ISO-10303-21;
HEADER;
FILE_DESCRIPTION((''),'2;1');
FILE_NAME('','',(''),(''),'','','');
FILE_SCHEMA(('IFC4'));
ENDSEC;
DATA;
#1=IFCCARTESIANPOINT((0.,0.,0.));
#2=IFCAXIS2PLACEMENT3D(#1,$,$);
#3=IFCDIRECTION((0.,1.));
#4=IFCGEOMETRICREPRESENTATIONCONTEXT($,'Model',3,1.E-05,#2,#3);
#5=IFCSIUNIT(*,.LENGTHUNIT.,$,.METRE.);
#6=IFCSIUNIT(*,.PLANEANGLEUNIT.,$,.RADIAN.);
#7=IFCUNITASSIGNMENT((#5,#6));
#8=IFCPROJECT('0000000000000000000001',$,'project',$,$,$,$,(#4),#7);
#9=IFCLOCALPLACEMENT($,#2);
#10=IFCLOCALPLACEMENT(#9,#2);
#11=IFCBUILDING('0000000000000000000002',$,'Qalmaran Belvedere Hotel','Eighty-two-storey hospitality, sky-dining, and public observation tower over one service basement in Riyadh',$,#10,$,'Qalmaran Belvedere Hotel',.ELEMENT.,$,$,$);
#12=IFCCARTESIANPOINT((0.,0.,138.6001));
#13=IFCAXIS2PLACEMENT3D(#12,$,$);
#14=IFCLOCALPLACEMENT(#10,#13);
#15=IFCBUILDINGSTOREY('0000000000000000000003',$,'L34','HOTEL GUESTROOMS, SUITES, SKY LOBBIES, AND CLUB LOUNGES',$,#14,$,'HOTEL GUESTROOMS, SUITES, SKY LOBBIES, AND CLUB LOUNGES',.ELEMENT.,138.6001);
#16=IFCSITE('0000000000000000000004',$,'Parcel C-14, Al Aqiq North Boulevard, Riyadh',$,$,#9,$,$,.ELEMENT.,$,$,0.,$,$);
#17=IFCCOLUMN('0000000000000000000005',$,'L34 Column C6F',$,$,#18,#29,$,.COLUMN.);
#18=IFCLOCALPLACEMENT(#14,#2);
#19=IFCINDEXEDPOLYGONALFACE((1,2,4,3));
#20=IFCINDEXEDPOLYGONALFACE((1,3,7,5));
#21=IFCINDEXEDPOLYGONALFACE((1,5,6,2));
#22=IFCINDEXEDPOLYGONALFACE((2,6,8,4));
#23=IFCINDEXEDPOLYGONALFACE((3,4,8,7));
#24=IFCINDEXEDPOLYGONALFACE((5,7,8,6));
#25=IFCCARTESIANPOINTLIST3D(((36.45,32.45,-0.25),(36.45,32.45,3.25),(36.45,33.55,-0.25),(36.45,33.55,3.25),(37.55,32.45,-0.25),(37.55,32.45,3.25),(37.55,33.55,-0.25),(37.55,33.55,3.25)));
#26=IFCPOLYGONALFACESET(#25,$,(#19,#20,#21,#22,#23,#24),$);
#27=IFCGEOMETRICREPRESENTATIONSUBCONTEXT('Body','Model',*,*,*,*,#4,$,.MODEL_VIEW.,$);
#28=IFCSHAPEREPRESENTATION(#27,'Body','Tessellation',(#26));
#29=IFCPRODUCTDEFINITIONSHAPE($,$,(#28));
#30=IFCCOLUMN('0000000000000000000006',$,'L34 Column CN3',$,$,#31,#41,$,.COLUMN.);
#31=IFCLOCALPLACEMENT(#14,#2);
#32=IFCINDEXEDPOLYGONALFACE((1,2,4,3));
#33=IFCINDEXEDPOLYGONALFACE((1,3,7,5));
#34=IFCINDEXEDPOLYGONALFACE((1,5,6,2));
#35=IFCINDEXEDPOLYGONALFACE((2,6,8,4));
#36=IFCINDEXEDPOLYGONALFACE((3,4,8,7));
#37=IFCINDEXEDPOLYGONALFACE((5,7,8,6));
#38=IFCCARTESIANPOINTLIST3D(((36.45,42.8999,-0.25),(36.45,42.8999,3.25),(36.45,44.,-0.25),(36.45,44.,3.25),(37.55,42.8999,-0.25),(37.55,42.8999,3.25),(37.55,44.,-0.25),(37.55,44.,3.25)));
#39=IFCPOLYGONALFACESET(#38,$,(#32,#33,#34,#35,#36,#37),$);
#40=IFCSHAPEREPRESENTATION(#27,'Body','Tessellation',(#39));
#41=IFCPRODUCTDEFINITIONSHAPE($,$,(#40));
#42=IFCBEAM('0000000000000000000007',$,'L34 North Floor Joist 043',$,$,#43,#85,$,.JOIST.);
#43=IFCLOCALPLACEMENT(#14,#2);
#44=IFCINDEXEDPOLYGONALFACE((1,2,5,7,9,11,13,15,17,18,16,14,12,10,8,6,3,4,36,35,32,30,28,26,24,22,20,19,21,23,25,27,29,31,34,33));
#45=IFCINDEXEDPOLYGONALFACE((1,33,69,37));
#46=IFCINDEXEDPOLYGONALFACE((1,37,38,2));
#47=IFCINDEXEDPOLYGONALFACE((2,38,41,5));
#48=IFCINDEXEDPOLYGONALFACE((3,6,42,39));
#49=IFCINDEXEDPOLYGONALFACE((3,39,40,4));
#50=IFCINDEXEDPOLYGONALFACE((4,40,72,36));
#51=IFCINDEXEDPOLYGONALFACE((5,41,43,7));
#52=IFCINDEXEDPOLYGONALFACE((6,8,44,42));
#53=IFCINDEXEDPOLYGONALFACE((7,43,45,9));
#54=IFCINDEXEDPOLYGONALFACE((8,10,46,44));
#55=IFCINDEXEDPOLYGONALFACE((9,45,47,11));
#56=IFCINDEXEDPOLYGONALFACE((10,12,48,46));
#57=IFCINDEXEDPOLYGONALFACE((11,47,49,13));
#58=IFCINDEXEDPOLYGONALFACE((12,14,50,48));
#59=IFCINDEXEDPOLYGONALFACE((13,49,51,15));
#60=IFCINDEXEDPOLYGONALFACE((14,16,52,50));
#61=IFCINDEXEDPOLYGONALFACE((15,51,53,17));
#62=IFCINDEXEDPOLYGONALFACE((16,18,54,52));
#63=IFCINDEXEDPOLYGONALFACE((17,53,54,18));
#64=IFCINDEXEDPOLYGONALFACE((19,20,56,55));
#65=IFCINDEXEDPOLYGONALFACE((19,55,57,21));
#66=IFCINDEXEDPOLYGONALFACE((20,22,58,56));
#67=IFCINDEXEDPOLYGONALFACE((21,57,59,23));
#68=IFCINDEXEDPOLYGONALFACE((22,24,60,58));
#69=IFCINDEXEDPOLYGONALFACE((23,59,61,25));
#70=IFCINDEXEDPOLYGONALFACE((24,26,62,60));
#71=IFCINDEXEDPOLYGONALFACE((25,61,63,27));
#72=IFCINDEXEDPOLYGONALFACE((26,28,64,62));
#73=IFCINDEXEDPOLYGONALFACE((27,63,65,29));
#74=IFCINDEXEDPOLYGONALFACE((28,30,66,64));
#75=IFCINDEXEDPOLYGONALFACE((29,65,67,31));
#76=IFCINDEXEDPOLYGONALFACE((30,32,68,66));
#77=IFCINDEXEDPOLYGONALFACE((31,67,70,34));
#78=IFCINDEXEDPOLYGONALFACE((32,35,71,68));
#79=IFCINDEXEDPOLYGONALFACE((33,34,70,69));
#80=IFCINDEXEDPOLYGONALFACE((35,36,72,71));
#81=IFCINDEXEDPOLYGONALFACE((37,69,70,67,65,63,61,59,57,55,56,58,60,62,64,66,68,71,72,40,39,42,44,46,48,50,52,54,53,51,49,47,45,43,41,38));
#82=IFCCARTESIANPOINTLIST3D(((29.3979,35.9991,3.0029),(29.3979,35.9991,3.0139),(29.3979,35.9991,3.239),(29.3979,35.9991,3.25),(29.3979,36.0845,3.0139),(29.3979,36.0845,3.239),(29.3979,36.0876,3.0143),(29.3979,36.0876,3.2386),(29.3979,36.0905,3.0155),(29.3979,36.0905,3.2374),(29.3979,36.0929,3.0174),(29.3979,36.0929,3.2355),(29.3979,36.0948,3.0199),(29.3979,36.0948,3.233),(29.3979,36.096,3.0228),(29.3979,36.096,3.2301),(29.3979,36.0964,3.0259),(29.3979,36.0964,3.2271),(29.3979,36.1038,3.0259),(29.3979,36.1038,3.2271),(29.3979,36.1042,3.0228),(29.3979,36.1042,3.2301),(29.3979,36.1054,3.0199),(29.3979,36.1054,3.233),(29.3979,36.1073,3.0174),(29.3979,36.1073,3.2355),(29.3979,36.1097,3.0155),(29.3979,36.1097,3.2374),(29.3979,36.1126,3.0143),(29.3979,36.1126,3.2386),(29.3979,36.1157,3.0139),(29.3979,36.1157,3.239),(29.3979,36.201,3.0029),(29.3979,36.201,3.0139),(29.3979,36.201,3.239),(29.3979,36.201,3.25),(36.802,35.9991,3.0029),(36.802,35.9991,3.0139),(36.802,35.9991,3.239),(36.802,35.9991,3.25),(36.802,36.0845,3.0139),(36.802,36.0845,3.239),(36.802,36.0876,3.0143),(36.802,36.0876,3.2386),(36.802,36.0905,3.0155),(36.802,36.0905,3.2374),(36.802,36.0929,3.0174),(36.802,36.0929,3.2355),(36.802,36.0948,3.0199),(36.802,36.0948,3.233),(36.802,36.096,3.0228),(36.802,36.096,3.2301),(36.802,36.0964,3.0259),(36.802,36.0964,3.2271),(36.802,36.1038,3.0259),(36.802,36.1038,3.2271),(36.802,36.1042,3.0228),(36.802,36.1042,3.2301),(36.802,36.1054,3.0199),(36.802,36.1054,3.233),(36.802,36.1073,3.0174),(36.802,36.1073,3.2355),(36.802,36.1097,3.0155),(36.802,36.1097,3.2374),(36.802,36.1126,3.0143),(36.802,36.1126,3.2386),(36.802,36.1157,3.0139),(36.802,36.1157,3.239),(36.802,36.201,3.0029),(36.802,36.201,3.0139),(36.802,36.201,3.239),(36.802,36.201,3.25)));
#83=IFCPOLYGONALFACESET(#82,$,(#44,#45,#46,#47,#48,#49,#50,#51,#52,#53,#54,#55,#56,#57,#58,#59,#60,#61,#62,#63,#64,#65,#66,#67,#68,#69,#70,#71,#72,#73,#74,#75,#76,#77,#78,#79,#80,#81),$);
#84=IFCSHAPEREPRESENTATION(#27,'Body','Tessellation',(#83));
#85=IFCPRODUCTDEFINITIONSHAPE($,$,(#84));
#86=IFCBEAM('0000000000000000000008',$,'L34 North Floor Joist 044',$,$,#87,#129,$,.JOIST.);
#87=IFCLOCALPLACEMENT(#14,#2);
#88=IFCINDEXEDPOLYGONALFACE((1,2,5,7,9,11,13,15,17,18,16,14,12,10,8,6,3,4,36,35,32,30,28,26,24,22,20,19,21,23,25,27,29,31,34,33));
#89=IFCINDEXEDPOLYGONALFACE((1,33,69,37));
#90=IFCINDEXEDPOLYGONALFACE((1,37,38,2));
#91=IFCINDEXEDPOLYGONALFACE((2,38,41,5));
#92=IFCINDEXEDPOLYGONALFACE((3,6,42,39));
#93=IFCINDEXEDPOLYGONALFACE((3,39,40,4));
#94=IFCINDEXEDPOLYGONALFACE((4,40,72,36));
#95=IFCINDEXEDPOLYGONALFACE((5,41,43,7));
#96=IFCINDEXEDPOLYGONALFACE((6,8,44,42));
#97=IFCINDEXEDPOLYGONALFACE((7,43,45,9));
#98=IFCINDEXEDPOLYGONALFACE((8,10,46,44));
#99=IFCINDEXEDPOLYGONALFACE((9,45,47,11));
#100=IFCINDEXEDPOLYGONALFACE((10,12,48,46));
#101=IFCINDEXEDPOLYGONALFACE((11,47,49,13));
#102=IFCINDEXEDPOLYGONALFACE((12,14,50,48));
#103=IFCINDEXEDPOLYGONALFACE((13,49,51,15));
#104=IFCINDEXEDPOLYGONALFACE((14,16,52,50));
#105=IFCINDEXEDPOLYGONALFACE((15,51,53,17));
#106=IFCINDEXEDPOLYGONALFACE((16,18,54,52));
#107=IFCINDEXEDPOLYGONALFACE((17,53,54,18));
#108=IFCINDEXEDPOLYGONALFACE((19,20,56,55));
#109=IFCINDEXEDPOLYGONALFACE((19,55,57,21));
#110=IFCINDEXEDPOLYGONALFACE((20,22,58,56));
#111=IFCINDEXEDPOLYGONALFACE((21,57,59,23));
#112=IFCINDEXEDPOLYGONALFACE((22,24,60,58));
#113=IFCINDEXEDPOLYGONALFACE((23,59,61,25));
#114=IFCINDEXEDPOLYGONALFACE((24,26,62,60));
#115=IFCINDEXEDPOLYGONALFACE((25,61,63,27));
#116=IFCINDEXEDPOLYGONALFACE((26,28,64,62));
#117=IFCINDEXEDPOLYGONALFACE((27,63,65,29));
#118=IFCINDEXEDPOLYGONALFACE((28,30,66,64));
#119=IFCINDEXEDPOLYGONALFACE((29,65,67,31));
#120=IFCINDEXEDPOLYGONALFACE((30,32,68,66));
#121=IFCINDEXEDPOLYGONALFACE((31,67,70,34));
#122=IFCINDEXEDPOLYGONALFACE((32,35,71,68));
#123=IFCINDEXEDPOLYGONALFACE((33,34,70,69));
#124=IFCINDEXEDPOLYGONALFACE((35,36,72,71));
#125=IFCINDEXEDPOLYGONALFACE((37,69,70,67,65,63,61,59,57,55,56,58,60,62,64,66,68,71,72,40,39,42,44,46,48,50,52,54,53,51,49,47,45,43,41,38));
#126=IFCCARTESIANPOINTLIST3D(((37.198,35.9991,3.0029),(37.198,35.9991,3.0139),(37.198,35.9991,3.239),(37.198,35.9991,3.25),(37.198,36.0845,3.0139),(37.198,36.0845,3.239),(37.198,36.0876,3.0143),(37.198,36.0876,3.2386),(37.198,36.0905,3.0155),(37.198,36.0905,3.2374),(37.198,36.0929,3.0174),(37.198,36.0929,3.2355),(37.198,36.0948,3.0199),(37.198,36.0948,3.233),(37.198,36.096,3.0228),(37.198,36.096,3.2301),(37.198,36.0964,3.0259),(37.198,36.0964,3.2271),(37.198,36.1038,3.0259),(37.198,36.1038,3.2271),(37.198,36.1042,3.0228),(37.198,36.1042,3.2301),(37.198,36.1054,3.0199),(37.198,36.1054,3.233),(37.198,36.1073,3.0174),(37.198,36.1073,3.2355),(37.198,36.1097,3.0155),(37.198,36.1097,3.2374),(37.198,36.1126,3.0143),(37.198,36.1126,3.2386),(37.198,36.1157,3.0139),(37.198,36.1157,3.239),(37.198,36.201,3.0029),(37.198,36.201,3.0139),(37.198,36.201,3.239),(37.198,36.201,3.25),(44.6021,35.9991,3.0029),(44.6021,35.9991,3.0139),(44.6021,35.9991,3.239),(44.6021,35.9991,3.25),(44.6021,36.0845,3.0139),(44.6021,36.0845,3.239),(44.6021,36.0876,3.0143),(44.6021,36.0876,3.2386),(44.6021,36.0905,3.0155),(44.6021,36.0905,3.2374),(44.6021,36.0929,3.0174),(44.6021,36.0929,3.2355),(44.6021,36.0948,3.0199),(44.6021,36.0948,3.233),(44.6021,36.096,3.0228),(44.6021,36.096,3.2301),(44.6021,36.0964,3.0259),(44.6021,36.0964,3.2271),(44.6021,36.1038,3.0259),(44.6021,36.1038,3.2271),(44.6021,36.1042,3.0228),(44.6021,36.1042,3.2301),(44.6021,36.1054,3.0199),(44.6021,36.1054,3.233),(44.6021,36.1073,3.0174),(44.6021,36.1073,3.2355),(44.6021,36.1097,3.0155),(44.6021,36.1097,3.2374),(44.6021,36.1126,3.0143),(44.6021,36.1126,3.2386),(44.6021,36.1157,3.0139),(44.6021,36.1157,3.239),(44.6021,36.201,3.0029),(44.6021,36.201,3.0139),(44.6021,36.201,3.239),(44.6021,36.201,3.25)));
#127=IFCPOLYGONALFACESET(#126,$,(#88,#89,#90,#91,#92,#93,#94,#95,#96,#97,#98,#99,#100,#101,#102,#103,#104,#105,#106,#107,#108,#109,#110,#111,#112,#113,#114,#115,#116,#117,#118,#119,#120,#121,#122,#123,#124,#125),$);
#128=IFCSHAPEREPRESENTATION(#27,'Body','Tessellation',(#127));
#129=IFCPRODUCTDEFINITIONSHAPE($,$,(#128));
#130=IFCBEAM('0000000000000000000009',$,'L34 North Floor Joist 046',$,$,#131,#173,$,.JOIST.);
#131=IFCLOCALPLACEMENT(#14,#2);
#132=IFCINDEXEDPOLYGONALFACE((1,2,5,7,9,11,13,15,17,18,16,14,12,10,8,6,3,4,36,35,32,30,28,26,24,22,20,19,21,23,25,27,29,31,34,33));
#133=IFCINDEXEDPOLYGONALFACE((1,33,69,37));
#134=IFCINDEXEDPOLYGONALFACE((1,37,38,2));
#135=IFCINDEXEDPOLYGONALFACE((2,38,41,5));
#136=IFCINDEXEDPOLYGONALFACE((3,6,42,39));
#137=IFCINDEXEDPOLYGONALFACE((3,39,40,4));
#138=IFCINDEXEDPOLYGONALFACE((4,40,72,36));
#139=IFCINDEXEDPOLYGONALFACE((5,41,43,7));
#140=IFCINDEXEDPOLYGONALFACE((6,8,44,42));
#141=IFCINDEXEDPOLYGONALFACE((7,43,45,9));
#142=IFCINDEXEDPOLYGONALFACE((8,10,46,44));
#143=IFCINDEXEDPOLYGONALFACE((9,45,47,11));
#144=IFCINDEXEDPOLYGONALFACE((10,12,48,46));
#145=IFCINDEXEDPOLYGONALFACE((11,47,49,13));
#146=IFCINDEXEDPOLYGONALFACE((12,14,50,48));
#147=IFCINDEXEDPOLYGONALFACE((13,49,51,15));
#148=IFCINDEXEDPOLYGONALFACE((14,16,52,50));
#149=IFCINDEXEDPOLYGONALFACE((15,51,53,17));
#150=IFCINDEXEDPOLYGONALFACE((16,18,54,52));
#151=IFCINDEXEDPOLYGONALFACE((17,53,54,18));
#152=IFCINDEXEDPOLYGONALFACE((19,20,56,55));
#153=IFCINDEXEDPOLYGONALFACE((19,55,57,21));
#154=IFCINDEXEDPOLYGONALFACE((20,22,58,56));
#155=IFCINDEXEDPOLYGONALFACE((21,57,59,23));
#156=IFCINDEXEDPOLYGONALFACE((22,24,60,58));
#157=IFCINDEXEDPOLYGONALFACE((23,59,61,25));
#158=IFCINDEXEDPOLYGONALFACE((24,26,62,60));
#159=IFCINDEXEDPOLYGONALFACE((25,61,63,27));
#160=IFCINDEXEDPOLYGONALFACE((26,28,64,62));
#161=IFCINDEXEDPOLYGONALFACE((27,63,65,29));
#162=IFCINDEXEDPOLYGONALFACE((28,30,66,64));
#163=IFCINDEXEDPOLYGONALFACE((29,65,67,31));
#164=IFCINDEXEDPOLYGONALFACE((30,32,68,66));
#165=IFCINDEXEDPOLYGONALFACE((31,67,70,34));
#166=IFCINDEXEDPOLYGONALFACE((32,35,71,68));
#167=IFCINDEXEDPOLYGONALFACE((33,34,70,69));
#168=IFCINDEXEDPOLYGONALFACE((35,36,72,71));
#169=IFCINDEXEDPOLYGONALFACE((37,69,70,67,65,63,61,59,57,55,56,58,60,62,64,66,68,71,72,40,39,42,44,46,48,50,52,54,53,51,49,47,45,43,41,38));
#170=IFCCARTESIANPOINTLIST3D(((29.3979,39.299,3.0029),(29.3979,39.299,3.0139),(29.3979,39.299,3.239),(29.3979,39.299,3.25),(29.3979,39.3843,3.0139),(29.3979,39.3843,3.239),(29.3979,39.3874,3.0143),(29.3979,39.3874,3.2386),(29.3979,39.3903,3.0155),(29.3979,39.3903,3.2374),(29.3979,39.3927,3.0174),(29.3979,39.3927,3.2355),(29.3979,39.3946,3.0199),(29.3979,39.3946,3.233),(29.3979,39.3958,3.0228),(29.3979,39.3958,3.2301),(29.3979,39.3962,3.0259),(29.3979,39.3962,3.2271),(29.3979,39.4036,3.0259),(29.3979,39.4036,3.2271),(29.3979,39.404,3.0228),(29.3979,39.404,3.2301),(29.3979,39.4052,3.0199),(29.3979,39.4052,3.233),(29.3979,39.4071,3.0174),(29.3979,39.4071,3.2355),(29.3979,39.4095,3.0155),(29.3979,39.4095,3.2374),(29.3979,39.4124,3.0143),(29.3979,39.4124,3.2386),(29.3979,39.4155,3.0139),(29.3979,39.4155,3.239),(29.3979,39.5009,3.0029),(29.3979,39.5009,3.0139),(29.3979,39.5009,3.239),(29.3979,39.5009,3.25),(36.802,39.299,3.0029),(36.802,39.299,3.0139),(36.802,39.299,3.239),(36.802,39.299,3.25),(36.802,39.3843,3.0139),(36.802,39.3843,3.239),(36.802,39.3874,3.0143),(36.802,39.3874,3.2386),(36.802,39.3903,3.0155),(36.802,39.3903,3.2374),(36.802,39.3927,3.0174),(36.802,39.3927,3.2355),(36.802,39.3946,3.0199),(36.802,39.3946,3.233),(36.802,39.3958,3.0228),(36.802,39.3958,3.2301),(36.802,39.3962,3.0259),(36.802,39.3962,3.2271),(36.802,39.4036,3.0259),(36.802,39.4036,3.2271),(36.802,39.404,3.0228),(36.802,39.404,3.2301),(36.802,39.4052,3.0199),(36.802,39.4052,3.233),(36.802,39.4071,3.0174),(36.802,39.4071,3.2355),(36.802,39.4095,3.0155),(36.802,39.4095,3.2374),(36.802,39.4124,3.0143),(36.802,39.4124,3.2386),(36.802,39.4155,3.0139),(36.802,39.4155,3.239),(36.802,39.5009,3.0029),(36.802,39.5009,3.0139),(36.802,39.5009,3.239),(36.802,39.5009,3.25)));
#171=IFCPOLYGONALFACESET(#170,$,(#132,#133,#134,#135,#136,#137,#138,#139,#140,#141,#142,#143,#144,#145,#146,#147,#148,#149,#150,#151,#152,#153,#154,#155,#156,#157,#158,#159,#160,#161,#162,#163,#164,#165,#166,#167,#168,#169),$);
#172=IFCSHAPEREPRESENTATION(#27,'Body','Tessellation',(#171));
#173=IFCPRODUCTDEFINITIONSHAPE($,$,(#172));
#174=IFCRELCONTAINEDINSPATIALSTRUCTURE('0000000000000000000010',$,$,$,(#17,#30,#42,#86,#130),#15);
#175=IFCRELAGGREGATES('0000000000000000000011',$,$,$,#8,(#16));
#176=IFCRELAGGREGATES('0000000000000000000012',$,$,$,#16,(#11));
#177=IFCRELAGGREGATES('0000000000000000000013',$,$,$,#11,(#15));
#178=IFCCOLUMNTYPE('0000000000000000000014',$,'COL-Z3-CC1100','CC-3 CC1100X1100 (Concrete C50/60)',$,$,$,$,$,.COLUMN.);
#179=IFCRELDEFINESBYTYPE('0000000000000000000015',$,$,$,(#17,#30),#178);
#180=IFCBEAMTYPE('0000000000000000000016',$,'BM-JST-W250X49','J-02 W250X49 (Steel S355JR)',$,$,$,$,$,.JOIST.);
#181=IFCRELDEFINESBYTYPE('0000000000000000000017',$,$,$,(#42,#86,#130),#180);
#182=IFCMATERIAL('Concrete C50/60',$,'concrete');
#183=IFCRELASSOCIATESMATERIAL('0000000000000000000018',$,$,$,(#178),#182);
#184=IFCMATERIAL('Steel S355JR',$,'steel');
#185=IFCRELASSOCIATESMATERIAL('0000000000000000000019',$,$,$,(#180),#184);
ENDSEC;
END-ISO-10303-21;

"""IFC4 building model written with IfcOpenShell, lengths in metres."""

from ifc_helpers import new_model, si_unit, direction, frame, origin, origin_2d, place, context, subcontext, project, spatial, rectangle, i_section, extrude, material, material_profile, profile_set, type_object, element, save


model = new_model("IFC4")

# Units and contexts
model_context = context("Model", 3, precision=1e-05, world=origin(), true_north=direction((0.0, 1.0)))
body_context = subcontext(model_context, "Body", "Model", "MODEL_VIEW")
ifc_project = project(units=[si_unit("LENGTHUNIT", "METRE"), si_unit("PLANEANGLEUNIT", "RADIAN")], contexts=[model_context])

# Site, building, storey
site_placement = place(None, origin())
site = spatial("IfcSite", under=ifc_project, at=site_placement, Name="Parcel C-14, Al Aqiq North Boulevard, Riyadh", CompositionType="ELEMENT", RefElevation=0.0)
building_placement = place(site_placement, origin())
building = spatial("IfcBuilding", under=site, at=building_placement, Name="Qalmaran Belvedere Hotel", Description="Eighty-two-storey hospitality, sky-dining, and public observation tower over one service basement in Riyadh", LongName="Qalmaran Belvedere Hotel", CompositionType="ELEMENT")
storey_placement = place(building_placement, frame((0.0, 0.0, 138.6001)))
storey = spatial("IfcBuildingStorey", under=building, at=storey_placement, Name="L34", Description="HOTEL GUESTROOMS, SUITES, SKY LOBBIES, AND CLUB LOUNGES", LongName="HOTEL GUESTROOMS, SUITES, SKY LOBBIES, AND CLUB LOUNGES", CompositionType="ELEMENT", Elevation=138.6001)

# Columns
ifc_material_1 = material(Name="Concrete C50/60", Category="concrete")
ifc_material_profile_1 = material_profile(ifc_material_1, rectangle(XDim=1.1001, YDim=1.1001, at=origin_2d()), Name="CC1100X1100")
ifc_profile_set_1 = profile_set([ifc_material_profile_1], Name="Concrete C50/60")
column_type = type_object("IfcColumnType", Name="COL-Z3-CC1100", Description="CC-3 CC1100X1100 (Concrete C50/60)", PredefinedType="COLUMN", material=ifc_profile_set_1)
for number, where, z_axis, x_axis, name in (
    (1, (37.0, 33.0, -0.25), (0.0, 0.0, 1.0), (1.0, 0.0, 0.0), "L34 Column C6F"),
    (2, (37.0, 43.45, -0.25), (0.0, 0.0, 1.0), (1.0, 0.0, 0.0), "L34 Column CN3"),
):
    element("IfcColumn", number, at=place(storey_placement, frame(where, z_axis=z_axis, x_axis=x_axis)), inside=storey, type_object=column_type, Name=name, PredefinedType="COLUMN", context=body_context, shape_type="SweptSolid", body=[
        extrude(rectangle(XDim=1.1001, YDim=1.1001, at=origin_2d()), origin(), (0.0, 0.0, 1.0), 3.5),
    ])

# Beams
ifc_material_2 = material(Name="Steel S355JR", Category="steel")
ifc_material_profile_2 = material_profile(ifc_material_2, i_section(OverallWidth=0.2019, OverallDepth=0.2471, WebThickness=0.0073, FlangeThickness=0.011, FilletRadius=0.012, at=origin_2d()), Name="W250X49")
ifc_profile_set_2 = profile_set([ifc_material_profile_2], Name="Steel S355JR")
beam_type_1 = type_object("IfcBeamType", Name="BM-JST-W250X49", Description="J-02 W250X49 (Steel S355JR)", PredefinedType="JOIST", material=ifc_profile_set_2)
for number, where, z_axis, x_axis, name in (
    (3, (29.3979, 36.1001, 3.1265), (1.0, 0.0, 0.0), (0.0, 1.0, 0.0), "L34 North Floor Joist 043"),
    (4, (37.198, 36.1001, 3.1265), (1.0, 0.0, 0.0), (0.0, 1.0, 0.0), "L34 North Floor Joist 044"),
    (5, (29.3979, 39.3999, 3.1265), (1.0, 0.0, 0.0), (0.0, 1.0, 0.0), "L34 North Floor Joist 046"),
):
    element("IfcBeam", number, at=place(storey_placement, frame(where, z_axis=z_axis, x_axis=x_axis)), inside=storey, type_object=beam_type_1, Name=name, PredefinedType="JOIST", context=body_context, shape_type="SweptSolid", body=[
        extrude(i_section(OverallWidth=0.2019, OverallDepth=0.2471, WebThickness=0.0073, FlangeThickness=0.011, FilletRadius=0.012, at=origin_2d()), origin(), (0.0, 0.0, 1.0), 7.4041),
    ])

save(model, "model.ifc")
